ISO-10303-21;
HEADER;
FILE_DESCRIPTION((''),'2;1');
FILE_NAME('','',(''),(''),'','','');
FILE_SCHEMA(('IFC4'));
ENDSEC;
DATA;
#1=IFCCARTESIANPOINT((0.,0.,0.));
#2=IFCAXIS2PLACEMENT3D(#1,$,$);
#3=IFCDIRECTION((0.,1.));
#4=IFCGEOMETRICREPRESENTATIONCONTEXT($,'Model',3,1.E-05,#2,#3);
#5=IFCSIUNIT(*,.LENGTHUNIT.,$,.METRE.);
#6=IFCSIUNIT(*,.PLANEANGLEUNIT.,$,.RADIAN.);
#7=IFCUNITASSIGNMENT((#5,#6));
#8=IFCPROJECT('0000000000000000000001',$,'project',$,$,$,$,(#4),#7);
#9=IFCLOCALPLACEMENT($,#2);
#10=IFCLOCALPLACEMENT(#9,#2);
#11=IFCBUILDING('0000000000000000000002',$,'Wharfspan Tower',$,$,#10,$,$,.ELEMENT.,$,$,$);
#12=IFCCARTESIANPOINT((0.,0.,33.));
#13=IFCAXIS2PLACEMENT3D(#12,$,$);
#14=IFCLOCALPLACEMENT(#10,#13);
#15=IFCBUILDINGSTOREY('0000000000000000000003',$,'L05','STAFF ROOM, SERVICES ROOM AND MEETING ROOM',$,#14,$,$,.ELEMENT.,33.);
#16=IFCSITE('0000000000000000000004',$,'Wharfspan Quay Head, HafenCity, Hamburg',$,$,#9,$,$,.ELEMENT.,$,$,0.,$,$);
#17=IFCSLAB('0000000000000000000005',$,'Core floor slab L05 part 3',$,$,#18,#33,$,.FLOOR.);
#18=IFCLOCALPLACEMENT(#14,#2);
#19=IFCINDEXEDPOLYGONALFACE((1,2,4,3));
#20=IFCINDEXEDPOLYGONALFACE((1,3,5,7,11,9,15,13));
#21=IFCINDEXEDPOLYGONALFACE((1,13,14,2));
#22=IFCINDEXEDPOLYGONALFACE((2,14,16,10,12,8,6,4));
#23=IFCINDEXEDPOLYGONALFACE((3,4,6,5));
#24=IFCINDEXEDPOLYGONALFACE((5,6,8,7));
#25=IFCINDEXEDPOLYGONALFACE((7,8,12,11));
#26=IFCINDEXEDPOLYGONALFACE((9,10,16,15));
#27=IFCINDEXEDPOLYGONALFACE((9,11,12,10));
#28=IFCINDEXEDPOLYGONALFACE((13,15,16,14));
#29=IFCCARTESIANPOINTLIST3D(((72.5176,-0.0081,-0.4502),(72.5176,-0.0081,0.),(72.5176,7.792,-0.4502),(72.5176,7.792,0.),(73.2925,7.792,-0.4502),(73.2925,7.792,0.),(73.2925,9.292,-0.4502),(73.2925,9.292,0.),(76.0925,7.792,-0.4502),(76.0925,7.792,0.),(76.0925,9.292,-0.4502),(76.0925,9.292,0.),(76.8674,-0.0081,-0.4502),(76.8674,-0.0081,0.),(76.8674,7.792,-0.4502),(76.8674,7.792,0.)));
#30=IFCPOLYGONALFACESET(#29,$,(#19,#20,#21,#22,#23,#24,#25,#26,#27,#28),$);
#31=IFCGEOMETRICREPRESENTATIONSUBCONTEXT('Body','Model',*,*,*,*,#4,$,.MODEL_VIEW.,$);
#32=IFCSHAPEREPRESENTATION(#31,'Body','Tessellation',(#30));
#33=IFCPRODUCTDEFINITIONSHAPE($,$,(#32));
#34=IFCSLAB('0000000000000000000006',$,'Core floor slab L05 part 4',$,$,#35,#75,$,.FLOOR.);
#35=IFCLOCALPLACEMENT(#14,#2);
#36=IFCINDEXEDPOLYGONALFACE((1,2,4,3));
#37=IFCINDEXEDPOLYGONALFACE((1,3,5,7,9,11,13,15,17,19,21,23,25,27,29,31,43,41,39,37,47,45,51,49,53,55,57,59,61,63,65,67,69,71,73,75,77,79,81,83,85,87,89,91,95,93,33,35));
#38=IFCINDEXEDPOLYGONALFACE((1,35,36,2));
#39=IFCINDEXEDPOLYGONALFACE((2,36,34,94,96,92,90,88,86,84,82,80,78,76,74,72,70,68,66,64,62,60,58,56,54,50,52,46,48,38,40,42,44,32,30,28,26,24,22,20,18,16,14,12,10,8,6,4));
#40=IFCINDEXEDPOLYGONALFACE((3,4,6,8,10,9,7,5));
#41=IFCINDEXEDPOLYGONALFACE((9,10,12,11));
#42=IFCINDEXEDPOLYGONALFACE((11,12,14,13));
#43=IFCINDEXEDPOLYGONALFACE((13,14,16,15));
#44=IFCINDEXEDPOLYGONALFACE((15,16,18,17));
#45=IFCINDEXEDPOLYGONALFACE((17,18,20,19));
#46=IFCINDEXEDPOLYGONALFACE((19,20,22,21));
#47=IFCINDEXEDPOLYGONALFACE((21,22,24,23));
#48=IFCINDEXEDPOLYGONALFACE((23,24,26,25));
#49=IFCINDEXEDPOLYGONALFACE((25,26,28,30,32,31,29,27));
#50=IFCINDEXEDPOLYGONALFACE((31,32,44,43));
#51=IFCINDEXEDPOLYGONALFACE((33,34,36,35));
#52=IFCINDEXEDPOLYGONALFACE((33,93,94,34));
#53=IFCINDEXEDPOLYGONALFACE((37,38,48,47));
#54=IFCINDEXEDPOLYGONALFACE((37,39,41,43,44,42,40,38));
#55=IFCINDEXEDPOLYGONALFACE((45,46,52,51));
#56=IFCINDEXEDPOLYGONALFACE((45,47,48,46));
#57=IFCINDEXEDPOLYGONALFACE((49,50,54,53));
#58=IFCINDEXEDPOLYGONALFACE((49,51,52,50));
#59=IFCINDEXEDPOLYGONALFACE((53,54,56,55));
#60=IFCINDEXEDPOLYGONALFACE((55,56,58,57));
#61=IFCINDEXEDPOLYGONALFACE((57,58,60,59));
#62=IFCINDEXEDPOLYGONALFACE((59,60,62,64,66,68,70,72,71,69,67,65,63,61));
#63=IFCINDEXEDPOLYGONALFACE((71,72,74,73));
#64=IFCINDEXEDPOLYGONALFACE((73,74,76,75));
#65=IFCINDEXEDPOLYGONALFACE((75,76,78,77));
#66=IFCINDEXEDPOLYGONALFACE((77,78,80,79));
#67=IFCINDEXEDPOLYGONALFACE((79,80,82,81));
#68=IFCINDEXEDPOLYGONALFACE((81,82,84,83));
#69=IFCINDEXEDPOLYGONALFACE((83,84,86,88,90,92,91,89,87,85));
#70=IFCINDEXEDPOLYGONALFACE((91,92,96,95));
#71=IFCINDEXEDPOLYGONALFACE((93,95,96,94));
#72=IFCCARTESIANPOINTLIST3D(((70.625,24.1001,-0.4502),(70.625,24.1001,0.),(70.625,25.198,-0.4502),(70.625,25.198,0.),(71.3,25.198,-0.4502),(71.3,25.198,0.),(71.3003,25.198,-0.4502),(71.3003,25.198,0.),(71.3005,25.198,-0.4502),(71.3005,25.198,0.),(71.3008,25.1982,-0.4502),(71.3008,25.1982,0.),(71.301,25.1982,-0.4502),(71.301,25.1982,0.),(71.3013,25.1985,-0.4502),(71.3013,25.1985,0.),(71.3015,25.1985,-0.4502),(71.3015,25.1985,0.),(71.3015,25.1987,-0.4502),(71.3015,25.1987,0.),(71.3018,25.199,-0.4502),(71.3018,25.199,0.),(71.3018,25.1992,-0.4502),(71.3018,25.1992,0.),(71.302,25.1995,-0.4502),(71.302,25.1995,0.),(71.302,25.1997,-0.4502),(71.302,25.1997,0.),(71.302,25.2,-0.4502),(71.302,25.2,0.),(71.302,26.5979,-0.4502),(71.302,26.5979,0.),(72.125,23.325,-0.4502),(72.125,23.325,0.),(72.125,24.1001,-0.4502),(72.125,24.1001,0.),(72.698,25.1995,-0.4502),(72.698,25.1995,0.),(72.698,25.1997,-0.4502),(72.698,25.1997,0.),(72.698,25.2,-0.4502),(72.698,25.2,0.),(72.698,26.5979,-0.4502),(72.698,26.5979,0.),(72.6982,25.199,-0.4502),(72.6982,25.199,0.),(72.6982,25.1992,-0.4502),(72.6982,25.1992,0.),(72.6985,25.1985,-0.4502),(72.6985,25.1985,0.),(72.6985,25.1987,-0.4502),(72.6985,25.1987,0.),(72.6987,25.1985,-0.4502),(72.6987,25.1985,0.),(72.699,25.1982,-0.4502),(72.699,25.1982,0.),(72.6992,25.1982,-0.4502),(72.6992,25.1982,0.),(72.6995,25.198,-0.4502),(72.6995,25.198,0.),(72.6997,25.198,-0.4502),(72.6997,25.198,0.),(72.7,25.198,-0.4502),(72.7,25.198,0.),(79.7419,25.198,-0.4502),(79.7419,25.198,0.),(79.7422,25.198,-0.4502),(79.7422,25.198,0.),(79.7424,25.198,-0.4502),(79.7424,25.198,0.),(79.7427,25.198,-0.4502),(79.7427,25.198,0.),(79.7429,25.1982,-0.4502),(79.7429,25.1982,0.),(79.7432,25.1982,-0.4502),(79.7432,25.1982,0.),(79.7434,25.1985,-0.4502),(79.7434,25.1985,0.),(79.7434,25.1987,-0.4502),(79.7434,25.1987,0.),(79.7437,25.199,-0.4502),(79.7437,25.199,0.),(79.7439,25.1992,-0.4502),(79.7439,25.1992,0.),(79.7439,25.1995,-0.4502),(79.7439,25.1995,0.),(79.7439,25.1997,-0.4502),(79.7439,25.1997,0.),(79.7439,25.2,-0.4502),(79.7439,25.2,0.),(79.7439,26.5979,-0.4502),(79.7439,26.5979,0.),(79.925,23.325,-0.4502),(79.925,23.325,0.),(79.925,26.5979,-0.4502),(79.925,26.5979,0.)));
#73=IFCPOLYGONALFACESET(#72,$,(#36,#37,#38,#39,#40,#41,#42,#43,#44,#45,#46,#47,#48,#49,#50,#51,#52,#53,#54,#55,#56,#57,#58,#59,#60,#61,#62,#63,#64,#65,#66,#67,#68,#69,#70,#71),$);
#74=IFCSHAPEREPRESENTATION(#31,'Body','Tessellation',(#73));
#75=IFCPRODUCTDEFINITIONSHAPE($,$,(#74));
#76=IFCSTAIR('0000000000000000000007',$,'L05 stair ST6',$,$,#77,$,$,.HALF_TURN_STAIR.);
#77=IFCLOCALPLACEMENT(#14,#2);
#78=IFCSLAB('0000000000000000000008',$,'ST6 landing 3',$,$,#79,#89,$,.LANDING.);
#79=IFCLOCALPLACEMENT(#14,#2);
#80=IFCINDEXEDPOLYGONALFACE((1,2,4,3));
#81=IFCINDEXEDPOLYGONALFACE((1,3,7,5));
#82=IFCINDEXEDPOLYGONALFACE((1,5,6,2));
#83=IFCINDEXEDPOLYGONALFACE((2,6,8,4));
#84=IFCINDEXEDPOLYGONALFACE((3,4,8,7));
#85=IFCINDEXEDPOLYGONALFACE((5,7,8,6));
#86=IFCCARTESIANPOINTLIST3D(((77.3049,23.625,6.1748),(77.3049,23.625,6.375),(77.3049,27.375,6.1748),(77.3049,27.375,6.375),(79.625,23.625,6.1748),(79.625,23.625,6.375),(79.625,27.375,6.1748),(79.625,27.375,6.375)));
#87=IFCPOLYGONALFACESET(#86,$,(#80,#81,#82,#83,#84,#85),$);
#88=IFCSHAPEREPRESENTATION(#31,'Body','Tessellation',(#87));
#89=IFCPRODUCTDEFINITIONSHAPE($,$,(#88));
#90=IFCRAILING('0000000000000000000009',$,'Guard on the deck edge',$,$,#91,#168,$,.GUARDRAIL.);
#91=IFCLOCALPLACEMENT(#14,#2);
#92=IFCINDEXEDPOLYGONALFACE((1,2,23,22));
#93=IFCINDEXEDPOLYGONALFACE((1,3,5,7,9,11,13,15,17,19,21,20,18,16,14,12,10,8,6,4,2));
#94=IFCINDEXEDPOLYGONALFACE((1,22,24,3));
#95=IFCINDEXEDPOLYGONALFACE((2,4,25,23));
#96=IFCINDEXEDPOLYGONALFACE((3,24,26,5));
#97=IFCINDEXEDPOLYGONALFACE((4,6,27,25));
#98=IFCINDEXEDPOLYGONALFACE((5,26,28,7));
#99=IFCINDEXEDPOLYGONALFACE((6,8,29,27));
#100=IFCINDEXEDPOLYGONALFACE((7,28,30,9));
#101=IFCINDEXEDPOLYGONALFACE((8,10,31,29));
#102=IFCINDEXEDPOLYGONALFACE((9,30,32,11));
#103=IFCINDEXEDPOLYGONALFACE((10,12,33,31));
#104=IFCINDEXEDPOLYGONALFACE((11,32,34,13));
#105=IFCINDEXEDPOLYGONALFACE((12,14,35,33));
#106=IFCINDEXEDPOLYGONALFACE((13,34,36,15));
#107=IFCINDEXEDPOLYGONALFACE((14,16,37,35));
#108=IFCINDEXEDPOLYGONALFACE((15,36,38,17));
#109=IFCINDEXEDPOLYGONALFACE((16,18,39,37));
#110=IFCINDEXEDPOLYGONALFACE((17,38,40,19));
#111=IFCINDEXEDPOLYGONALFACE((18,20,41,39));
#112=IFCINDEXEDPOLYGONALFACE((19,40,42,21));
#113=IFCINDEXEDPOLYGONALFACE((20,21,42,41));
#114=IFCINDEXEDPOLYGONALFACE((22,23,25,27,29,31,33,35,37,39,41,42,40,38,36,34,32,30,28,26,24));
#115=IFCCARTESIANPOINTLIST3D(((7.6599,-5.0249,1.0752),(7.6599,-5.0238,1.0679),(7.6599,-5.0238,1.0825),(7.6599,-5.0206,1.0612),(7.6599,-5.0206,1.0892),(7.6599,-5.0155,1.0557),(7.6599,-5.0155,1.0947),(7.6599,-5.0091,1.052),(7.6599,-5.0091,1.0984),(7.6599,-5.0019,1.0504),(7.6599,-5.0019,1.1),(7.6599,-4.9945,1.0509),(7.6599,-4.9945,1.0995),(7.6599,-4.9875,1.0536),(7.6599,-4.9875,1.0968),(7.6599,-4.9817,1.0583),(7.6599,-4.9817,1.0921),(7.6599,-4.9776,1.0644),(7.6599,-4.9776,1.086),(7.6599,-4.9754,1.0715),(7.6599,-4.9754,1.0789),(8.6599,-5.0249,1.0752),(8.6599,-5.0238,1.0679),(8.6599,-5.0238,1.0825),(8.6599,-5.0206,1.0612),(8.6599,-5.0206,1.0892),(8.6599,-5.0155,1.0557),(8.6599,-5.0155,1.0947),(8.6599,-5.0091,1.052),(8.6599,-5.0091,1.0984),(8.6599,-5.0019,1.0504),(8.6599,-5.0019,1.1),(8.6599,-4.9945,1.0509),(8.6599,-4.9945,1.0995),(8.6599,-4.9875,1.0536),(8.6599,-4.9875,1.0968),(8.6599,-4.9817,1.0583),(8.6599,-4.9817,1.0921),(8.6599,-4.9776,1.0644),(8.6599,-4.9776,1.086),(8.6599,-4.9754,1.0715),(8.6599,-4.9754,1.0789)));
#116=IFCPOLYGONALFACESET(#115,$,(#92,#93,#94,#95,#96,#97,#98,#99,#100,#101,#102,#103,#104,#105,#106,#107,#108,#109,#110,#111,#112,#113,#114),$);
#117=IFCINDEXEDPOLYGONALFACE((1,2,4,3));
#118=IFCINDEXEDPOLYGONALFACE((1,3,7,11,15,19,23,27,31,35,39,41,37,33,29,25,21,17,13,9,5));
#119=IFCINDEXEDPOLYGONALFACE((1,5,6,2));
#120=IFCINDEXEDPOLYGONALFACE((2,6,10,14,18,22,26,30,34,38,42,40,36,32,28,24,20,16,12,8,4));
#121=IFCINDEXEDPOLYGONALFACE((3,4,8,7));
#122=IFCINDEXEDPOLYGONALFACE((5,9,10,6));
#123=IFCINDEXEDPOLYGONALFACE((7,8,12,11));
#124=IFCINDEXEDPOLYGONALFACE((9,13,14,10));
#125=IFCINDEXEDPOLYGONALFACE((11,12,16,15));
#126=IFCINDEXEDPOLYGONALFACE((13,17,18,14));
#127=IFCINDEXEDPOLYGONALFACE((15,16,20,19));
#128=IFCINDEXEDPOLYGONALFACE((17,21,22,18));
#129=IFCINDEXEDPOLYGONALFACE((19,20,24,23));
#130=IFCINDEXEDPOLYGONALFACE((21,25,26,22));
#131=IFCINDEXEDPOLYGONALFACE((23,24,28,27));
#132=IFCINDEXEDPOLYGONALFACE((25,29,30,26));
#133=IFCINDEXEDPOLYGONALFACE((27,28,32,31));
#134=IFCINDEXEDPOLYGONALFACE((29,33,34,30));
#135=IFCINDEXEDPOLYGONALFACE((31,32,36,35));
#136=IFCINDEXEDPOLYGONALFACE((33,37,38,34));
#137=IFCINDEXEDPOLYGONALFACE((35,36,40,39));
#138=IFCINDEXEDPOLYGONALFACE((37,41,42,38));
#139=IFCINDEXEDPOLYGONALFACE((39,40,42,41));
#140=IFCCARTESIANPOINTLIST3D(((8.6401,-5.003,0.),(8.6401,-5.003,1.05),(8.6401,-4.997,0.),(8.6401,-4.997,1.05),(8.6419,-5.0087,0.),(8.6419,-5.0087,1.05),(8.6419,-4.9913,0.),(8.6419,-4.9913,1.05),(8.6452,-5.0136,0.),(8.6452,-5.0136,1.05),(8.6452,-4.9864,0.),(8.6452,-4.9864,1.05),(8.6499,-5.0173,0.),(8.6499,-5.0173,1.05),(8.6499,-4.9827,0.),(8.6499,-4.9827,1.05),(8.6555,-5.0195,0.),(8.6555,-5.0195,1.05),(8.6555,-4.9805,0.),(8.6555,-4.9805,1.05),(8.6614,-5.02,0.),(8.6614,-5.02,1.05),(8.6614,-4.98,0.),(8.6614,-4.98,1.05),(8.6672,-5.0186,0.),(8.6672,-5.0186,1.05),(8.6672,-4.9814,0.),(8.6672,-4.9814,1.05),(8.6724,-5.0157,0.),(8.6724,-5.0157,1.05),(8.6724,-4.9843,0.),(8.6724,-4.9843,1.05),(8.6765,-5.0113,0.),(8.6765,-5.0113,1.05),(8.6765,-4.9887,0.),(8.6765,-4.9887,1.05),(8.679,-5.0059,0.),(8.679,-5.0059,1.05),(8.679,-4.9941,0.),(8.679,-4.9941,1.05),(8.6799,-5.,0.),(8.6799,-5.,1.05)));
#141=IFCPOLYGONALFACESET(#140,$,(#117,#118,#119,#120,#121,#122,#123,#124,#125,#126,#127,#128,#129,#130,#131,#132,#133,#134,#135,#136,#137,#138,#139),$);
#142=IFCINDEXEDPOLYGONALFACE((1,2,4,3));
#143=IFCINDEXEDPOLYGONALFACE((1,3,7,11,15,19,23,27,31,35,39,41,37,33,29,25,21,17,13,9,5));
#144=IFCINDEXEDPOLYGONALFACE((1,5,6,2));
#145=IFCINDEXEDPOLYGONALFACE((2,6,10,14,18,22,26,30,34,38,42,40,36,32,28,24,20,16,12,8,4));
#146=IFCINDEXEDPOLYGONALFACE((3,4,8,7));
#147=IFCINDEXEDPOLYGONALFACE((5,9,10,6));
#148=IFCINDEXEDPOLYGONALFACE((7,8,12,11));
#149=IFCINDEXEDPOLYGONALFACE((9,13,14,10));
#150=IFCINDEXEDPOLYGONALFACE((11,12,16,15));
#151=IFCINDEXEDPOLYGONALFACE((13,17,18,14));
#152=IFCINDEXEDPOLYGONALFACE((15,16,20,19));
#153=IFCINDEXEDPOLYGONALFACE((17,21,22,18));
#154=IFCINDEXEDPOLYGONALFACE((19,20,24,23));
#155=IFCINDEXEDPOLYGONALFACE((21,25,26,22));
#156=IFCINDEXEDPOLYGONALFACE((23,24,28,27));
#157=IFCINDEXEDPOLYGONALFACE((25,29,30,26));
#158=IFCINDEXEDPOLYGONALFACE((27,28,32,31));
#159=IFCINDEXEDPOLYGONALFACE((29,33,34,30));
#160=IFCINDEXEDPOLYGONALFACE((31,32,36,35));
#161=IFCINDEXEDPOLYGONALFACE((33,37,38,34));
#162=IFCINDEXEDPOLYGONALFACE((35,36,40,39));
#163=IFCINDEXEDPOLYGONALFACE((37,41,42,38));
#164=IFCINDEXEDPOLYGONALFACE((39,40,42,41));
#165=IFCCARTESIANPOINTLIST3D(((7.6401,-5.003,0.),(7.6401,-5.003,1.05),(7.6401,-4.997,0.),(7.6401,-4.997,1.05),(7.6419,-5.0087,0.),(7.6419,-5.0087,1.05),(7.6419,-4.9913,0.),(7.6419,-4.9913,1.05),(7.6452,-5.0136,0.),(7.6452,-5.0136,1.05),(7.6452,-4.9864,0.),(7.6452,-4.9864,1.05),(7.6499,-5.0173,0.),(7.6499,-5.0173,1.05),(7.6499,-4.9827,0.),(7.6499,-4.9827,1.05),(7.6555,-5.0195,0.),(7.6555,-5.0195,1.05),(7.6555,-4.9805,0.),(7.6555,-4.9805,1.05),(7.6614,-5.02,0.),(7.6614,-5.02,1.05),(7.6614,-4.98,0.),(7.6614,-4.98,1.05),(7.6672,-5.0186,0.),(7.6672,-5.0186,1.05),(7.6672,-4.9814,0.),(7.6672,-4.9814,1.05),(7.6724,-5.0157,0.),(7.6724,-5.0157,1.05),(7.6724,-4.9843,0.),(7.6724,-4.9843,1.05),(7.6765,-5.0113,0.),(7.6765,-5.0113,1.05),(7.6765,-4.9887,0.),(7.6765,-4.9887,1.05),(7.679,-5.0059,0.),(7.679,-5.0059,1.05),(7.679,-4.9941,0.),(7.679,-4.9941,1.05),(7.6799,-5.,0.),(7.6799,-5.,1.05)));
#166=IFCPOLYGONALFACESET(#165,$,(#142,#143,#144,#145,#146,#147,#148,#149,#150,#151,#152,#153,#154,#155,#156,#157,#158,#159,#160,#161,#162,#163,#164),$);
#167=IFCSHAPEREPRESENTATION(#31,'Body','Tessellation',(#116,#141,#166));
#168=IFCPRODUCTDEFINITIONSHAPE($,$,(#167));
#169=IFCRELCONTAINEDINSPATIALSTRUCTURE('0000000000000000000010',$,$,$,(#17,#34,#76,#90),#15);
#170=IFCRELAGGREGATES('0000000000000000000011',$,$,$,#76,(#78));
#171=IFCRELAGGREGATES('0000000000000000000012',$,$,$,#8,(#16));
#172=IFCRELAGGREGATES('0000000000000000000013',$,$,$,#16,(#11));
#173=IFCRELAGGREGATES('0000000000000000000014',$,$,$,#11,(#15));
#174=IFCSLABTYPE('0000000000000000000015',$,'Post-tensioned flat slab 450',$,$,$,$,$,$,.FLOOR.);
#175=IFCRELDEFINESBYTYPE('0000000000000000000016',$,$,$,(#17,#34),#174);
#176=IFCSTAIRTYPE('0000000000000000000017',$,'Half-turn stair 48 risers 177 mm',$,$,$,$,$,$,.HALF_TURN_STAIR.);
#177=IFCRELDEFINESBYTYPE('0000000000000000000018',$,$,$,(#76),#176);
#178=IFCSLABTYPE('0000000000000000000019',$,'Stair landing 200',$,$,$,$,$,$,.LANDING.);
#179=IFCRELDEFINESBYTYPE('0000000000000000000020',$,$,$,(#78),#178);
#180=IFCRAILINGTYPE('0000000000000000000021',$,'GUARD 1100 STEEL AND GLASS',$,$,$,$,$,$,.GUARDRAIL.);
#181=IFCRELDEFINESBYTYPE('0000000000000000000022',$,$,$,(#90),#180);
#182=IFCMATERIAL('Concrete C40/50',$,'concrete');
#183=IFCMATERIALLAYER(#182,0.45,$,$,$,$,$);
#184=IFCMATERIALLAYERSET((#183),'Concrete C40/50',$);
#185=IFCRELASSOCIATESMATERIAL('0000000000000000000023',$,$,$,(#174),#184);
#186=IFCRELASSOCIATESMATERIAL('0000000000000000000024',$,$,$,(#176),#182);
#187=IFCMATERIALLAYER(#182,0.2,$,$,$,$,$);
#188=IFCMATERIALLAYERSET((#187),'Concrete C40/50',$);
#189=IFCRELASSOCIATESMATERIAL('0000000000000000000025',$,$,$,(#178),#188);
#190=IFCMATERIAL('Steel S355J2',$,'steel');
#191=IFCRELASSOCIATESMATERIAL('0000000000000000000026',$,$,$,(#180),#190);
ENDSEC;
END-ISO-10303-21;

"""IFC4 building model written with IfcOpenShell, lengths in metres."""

from ifc_helpers import new_model, si_unit, direction, frame, origin, origin_2d, place, context, subcontext, project, spatial, polyline, circle, outline, extrude, material, layer, layer_set, type_object, element, aggregate, save


model = new_model("IFC4")

# Units and contexts
model_context = context("Model", 3, precision=1e-05, world=origin(), true_north=direction((0.0, 1.0)))
body_context = subcontext(model_context, "Body", "Model", "MODEL_VIEW")
ifc_project = project(units=[si_unit("LENGTHUNIT", "METRE"), si_unit("PLANEANGLEUNIT", "RADIAN")], contexts=[model_context])

# Site, building, storey
site_placement = place(None, origin())
site = spatial("IfcSite", under=ifc_project, at=site_placement, Name="Wharfspan Quay Head, HafenCity, Hamburg", CompositionType="ELEMENT", RefElevation=0.0)
building_placement = place(site_placement, origin())
building = spatial("IfcBuilding", under=site, at=building_placement, Name="Wharfspan Tower", CompositionType="ELEMENT")
storey_placement = place(building_placement, frame((0.0, 0.0, 33.0)))
storey = spatial("IfcBuildingStorey", under=building, at=storey_placement, Name="L05", Description="STAFF ROOM, SERVICES ROOM AND MEETING ROOM", CompositionType="ELEMENT", Elevation=33.0)

# Slabs
ifc_material_1 = material(Name="Concrete C40/50", Category="concrete")
ifc_layer_1 = layer(ifc_material_1, 0.45)
ifc_layer_set_1 = layer_set([ifc_layer_1], Name="Concrete C40/50")
slab_type_1 = type_object("IfcSlabType", Name="Post-tensioned flat slab 450", PredefinedType="FLOOR", material=ifc_layer_set_1)
slab_1_placement = place(storey_placement, frame((0.0, 0.0, -0.4502)))
element("IfcSlab", 1, at=slab_1_placement, inside=storey, type_object=slab_type_1, Name="Core floor slab L05 part 3", PredefinedType="FLOOR", context=body_context, shape_type="SweptSolid", body=[
    extrude(outline(polyline([(73.2925, 9.292), (73.2925, 7.792), (72.5176, 7.792), (72.5176, -0.0081), (76.8674, -0.0081), (76.8674, 7.792), (76.0925, 7.792), (76.0925, 9.292), (73.2925, 9.292)])), origin(), (0.0, 0.0, 1.0), 0.4502),
])
slab_2_placement = place(storey_placement, frame((0.0, 0.0, -0.4502)))
element("IfcSlab", 2, at=slab_2_placement, inside=storey, type_object=slab_type_1, Name="Core floor slab L05 part 4", PredefinedType="FLOOR", context=body_context, shape_type="SweptSolid", body=[
    extrude(outline(polyline([(79.925, 26.5979), (79.7439, 26.5979), (79.7439, 25.2), (79.7439, 25.1997), (79.7439, 25.1997), (79.7439, 25.1995), (79.7439, 25.1992), (79.7439, 25.1992), (79.7437, 25.199), (79.7434, 25.1987), (79.7434, 25.1985), (79.7434, 25.1985), (79.7432, 25.1982), (79.7429, 25.1982), (79.7429, 25.1982), (79.7427, 25.198), (79.7424, 25.198), (79.7422, 25.198), (79.7419, 25.198), (72.7, 25.198), (72.6997, 25.198), (72.6997, 25.198), (72.6995, 25.198), (72.6992, 25.1982), (72.6992, 25.1982), (72.699, 25.1982), (72.6987, 25.1985), (72.6985, 25.1985), (72.6985, 25.1987), (72.6982, 25.199), (72.6982, 25.1992), (72.6982, 25.1992), (72.698, 25.1995), (72.698, 25.1997), (72.698, 25.1997), (72.698, 25.2), (72.698, 26.5979), (71.302, 26.5979), (71.302, 25.2), (71.302, 25.1997), (71.302, 25.1997), (71.302, 25.1995), (71.3018, 25.1992), (71.3018, 25.1992), (71.3018, 25.199), (71.3015, 25.1987), (71.3015, 25.1985), (71.3013, 25.1985), (71.301, 25.1982), (71.3008, 25.1982), (71.3008, 25.1982), (71.3005, 25.198), (71.3003, 25.198), (71.3003, 25.198), (71.3, 25.198), (70.625, 25.198), (70.625, 24.1001), (72.125, 24.1001), (72.125, 23.325), (79.925, 23.325), (79.925, 26.5979)])), origin(), (0.0, 0.0, 1.0), 0.4502),
])

# Stair, slab
stair_type = type_object("IfcStairType", Name="Half-turn stair 48 risers 177 mm", PredefinedType="HALF_TURN_STAIR", material=ifc_material_1)
stair_placement = place(storey_placement, origin())
stair = element("IfcStair", 3, at=stair_placement, inside=storey, type_object=stair_type, Name="L05 stair ST6", PredefinedType="HALF_TURN_STAIR")
ifc_layer_2 = layer(ifc_material_1, 0.2)
ifc_layer_set_2 = layer_set([ifc_layer_2], Name="Concrete C40/50")
slab_type_2 = type_object("IfcSlabType", Name="Stair landing 200", PredefinedType="LANDING", material=ifc_layer_set_2)
slab_3_placement = place(storey_placement, frame((0.0, 0.0, 6.1748)))
slab_3 = element("IfcSlab", 4, at=slab_3_placement, type_object=slab_type_2, Name="ST6 landing 3", PredefinedType="LANDING", context=body_context, shape_type="SweptSolid", body=[
    extrude(outline(polyline([(77.3049, 23.625), (79.625, 23.625), (79.625, 27.375), (77.3049, 27.375), (77.3049, 23.625)])), origin(), (0.0, 0.0, 1.0), 0.2002),
])
aggregate(stair, [slab_3])

# Railing
ifc_material_2 = material(Name="Steel S355J2", Category="steel")
railing_type = type_object("IfcRailingType", Name="GUARD 1100 STEEL AND GLASS", PredefinedType="GUARDRAIL", material=ifc_material_2)
railing_1_placement = place(storey_placement, frame((8.6599, -5.0, 0.0)))
element("IfcRailing", 5, at=railing_1_placement, inside=storey, type_object=railing_type, Name="Guard on the deck edge", PredefinedType="GUARDRAIL", context=body_context, shape_type="SweptSolid", body=[
    extrude(circle(Radius=0.0249, at=origin_2d()), frame((0.0, 0.0, 1.0752), z_axis=(-1.0, 0.0, 0.0), x_axis=(0.0, -1.0, 0.0)), (0.0, 0.0, 1.0), 1.0),
    extrude(circle(Radius=0.02, at=origin_2d()), origin(), (0.0, 0.0, 1.0), 1.05),
    extrude(circle(Radius=0.02, at=origin_2d()), frame((-1.0, 0.0, 0.0)), (0.0, 0.0, 1.0), 1.05),
])

save(model, "model.ifc")
